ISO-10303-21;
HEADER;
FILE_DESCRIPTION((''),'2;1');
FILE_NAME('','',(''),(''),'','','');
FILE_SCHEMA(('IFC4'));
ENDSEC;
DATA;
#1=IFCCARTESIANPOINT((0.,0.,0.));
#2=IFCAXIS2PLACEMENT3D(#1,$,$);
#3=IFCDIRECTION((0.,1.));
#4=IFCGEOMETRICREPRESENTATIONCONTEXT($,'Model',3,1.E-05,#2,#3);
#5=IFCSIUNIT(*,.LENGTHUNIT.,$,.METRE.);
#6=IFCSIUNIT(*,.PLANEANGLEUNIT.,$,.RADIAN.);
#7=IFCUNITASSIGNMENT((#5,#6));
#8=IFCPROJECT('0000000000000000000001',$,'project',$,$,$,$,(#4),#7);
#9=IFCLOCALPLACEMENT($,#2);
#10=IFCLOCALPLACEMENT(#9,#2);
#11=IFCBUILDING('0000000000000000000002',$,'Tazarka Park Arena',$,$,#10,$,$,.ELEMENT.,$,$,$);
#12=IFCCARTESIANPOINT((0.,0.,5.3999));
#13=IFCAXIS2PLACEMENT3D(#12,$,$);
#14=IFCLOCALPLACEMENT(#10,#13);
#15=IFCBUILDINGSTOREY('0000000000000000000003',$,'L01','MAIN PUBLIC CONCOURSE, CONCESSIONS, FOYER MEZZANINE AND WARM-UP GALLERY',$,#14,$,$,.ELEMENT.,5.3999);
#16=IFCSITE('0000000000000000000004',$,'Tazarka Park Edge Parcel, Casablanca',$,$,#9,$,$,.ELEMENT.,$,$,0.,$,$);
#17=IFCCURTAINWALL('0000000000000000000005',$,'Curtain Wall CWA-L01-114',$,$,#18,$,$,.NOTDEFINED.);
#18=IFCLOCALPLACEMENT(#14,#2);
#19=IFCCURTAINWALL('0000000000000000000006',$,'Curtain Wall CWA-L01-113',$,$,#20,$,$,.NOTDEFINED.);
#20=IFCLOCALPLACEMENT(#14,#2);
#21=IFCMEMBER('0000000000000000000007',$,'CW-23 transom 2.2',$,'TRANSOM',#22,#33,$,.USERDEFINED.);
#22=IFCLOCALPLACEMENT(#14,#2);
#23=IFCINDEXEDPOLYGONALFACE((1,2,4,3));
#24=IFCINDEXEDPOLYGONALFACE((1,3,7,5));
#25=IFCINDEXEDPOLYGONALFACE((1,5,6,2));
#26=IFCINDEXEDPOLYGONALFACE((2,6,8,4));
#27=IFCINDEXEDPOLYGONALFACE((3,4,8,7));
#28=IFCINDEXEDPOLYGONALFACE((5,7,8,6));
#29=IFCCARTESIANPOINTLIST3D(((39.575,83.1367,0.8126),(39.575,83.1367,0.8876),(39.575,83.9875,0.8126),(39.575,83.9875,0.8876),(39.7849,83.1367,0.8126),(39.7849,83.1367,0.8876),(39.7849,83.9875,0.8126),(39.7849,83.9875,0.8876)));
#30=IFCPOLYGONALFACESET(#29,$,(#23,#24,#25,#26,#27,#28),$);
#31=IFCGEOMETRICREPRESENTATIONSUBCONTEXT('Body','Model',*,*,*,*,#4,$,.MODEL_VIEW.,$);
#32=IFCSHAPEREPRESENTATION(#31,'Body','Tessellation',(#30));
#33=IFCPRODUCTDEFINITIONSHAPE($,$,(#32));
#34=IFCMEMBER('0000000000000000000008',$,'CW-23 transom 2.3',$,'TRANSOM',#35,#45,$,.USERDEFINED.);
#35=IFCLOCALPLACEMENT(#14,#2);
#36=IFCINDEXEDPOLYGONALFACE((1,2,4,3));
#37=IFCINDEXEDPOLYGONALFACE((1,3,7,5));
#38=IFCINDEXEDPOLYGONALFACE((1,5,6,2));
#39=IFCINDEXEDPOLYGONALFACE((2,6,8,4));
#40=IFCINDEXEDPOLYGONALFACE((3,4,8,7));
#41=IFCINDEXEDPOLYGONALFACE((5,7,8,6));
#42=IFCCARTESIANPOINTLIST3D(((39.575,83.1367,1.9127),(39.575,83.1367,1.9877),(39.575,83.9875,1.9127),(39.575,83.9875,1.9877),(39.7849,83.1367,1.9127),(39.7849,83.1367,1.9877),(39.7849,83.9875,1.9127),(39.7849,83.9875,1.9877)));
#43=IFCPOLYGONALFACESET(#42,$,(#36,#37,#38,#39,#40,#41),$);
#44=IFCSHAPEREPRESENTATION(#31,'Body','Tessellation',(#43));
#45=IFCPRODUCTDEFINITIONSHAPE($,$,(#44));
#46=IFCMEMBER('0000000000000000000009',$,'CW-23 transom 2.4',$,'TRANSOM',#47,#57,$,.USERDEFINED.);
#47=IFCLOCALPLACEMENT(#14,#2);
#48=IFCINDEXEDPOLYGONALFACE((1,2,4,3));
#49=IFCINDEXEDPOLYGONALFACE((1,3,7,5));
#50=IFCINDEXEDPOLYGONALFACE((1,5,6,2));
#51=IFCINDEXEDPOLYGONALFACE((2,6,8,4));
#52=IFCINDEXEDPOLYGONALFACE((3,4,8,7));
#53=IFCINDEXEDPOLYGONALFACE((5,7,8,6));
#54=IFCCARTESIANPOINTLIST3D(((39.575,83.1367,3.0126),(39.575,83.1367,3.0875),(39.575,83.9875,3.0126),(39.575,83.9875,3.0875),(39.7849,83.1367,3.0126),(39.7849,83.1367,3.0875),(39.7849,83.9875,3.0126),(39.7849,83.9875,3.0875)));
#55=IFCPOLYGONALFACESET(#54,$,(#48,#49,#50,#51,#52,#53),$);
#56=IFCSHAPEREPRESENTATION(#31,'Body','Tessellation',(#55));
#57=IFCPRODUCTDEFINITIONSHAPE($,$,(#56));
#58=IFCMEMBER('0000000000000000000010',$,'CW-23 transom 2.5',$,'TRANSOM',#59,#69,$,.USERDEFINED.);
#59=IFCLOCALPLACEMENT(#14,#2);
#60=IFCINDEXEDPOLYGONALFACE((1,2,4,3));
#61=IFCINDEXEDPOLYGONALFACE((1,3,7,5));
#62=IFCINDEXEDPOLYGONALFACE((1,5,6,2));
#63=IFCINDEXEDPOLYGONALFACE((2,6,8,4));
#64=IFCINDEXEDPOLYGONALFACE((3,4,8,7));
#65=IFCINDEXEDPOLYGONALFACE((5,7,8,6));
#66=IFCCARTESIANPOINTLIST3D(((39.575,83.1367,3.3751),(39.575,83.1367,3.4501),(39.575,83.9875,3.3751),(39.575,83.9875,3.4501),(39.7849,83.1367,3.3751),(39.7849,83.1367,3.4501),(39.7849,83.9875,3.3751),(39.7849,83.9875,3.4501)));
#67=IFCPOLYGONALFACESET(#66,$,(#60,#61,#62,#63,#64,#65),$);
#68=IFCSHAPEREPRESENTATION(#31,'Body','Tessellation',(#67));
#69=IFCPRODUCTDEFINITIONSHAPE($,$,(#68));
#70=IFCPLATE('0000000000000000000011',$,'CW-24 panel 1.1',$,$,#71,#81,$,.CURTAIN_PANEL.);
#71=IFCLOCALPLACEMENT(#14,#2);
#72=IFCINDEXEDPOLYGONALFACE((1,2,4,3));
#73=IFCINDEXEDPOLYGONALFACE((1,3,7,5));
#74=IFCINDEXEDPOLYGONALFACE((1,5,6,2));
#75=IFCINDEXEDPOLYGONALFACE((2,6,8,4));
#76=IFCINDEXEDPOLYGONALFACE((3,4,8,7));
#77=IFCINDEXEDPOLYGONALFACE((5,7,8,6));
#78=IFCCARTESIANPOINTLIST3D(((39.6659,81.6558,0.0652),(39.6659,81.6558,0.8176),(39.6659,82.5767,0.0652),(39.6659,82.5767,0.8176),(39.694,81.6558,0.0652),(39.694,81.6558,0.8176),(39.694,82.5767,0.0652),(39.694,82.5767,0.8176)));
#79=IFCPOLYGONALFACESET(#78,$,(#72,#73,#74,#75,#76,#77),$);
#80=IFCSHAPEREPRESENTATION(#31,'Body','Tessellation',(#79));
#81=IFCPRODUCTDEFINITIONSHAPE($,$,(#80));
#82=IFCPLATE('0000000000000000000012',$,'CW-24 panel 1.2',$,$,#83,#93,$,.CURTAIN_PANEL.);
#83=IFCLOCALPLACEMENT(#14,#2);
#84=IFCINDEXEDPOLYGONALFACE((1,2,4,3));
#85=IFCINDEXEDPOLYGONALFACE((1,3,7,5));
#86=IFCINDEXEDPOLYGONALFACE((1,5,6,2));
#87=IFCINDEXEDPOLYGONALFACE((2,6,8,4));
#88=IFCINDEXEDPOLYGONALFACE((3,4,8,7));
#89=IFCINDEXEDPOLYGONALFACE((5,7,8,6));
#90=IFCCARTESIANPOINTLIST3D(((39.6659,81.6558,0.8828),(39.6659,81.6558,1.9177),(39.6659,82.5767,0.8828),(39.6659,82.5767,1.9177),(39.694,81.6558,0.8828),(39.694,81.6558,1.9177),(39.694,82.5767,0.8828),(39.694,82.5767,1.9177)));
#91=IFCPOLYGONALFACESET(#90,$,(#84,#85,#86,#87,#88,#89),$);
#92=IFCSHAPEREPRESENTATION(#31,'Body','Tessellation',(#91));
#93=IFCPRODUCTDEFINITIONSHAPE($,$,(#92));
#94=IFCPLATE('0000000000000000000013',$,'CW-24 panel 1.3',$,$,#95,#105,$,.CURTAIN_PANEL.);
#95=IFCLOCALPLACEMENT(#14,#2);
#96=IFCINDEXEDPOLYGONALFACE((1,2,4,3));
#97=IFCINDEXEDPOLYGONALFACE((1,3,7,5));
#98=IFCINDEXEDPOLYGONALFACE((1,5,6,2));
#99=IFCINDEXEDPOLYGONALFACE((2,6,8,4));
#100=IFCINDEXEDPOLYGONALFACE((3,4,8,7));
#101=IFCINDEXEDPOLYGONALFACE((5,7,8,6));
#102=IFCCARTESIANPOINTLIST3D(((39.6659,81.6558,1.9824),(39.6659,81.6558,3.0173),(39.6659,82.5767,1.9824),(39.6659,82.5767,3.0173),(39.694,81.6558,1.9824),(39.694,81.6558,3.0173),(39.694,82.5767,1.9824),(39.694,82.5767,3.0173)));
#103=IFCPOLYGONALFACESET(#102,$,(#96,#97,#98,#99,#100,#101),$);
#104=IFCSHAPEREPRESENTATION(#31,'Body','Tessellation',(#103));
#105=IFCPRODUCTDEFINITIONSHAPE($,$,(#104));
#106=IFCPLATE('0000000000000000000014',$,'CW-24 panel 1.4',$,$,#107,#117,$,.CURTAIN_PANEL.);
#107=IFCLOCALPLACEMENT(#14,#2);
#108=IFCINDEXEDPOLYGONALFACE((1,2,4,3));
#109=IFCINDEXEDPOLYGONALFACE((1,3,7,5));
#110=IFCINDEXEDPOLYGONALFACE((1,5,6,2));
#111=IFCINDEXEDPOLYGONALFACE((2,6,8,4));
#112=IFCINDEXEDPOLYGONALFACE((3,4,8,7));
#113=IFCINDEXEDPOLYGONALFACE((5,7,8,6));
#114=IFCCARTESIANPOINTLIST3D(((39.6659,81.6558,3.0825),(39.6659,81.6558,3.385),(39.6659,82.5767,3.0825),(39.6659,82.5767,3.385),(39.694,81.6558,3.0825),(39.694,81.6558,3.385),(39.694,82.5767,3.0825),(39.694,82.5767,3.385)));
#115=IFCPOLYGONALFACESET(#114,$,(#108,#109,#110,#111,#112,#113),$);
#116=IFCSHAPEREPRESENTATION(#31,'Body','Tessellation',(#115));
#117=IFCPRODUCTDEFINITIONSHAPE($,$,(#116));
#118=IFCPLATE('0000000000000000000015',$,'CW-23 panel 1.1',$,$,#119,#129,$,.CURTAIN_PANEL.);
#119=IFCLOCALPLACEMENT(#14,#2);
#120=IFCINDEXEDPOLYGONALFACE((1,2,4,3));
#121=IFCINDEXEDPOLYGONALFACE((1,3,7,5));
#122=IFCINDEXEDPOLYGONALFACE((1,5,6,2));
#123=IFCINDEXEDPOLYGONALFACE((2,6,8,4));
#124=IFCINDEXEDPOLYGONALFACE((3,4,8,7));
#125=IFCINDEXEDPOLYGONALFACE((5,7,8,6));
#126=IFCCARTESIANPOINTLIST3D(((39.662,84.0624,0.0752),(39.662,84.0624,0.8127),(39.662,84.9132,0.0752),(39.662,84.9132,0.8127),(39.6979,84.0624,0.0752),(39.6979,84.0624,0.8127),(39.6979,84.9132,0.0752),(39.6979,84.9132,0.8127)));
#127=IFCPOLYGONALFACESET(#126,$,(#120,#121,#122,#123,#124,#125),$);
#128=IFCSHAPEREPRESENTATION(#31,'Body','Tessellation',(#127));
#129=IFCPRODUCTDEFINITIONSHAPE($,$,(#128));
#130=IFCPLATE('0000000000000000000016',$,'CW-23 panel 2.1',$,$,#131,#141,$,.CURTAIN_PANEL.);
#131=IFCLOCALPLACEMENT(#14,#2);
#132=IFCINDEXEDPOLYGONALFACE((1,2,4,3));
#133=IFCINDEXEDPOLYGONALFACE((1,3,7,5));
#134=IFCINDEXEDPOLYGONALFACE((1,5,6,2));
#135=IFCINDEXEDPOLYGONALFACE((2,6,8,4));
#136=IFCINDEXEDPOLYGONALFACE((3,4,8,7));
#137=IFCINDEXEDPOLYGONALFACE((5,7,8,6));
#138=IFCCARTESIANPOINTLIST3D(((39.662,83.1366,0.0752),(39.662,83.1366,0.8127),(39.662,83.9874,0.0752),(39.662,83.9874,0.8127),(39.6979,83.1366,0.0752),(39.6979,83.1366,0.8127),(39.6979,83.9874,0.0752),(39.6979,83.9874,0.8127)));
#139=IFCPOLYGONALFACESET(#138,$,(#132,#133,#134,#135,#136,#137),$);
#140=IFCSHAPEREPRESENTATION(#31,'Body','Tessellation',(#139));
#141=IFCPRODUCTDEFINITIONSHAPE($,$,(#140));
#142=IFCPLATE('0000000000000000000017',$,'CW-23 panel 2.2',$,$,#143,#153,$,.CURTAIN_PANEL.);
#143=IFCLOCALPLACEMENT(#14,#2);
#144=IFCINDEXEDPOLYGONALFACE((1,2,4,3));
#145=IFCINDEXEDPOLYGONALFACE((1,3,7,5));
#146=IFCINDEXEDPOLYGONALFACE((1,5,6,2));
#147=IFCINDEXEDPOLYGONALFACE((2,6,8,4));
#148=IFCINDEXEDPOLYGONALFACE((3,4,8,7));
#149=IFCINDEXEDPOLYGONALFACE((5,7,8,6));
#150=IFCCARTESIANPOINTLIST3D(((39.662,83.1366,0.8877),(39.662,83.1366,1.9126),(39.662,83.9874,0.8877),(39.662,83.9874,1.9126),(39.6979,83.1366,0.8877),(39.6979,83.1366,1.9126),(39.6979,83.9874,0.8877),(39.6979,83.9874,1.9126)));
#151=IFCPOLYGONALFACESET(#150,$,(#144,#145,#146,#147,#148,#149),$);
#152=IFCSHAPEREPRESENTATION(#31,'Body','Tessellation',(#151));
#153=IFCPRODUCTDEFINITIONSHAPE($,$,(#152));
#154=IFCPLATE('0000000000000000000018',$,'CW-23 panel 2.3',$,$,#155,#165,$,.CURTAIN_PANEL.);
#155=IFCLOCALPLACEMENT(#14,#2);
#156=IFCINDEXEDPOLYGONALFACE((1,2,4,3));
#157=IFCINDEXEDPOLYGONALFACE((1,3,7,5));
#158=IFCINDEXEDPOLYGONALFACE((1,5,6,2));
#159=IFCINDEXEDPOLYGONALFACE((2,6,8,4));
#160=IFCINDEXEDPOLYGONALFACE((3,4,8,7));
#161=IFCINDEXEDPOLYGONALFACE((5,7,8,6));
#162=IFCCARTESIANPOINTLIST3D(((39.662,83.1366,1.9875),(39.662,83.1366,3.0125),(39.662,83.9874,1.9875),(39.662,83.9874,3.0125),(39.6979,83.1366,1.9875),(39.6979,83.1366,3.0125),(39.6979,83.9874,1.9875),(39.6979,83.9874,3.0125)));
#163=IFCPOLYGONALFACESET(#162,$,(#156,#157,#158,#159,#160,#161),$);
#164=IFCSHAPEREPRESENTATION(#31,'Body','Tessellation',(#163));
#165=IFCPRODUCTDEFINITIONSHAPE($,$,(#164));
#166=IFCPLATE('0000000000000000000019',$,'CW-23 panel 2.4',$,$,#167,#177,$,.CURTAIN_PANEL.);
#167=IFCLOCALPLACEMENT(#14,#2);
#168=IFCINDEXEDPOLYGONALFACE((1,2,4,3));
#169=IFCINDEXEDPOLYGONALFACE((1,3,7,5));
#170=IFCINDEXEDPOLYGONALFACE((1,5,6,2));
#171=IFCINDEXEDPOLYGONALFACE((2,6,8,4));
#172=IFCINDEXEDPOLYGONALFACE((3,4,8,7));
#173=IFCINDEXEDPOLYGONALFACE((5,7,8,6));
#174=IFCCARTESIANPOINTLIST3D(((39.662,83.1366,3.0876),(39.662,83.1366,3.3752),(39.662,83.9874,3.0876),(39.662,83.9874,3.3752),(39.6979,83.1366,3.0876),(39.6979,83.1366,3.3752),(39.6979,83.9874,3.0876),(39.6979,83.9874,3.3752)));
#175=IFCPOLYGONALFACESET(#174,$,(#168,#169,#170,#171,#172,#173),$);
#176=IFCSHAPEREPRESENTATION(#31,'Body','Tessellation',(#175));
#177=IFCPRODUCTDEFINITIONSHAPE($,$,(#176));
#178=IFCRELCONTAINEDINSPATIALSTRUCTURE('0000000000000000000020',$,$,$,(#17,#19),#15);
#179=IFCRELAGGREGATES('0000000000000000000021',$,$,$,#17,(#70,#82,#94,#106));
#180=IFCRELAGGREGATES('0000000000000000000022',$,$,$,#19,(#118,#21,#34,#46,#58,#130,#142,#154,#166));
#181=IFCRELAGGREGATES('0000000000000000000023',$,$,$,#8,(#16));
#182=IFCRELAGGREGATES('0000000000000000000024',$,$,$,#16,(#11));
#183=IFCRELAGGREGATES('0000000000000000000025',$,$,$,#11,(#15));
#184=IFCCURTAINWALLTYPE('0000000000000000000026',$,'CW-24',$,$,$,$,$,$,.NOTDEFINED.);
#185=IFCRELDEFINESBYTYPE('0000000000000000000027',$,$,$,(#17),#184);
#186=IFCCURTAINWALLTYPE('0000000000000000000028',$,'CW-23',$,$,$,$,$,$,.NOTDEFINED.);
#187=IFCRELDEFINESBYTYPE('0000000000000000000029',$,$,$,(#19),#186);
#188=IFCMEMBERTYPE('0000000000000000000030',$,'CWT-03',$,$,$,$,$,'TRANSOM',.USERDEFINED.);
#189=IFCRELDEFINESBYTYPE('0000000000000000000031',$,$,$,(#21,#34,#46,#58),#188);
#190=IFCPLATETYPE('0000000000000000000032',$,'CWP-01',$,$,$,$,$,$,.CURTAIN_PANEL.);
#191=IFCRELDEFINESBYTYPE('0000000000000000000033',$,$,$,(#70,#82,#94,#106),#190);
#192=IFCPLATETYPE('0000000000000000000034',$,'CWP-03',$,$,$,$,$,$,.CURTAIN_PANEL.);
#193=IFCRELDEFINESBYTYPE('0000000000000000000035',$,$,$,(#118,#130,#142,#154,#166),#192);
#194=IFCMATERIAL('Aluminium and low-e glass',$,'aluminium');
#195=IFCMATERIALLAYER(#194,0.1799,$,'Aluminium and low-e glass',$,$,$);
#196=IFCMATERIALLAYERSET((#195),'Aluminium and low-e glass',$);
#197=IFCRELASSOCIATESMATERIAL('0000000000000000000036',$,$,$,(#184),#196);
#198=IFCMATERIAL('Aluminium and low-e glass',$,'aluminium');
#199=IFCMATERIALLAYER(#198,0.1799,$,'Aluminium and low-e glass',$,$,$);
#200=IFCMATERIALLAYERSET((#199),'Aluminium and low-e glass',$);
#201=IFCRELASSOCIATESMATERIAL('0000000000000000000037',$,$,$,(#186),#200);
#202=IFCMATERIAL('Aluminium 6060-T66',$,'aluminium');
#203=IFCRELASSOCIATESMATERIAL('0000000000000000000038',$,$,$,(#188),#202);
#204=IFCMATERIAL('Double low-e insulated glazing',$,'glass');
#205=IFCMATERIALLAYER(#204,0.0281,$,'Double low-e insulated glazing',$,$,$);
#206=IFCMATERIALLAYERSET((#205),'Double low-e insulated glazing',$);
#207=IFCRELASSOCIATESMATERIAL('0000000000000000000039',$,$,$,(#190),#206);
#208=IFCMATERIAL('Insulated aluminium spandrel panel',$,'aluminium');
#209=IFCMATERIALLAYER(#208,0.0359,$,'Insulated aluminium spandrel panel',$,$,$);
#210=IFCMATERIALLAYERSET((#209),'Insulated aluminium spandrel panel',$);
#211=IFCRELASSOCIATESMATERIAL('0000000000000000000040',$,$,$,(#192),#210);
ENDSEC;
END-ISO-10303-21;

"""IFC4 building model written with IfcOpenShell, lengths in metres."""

from ifc_helpers import new_model, si_unit, direction, frame, origin, origin_2d, place, context, subcontext, project, spatial, rectangle, extrude, material, layer, layer_set, material_profile, profile_set, type_object, element, aggregate, save


model = new_model("IFC4")

# Units and contexts
model_context = context("Model", 3, precision=1e-05, world=origin(), true_north=direction((0.0, 1.0)))
body_context = subcontext(model_context, "Body", "Model", "MODEL_VIEW")
ifc_project = project(units=[si_unit("LENGTHUNIT", "METRE"), si_unit("PLANEANGLEUNIT", "RADIAN")], contexts=[model_context])

# Site, building, storey
site_placement = place(None, origin())
site = spatial("IfcSite", under=ifc_project, at=site_placement, Name="Tazarka Park Edge Parcel, Casablanca", CompositionType="ELEMENT", RefElevation=0.0)
building_placement = place(site_placement, origin())
building = spatial("IfcBuilding", under=site, at=building_placement, Name="Tazarka Park Arena", CompositionType="ELEMENT")
storey_placement = place(building_placement, frame((0.0, 0.0, 5.3999)))
storey = spatial("IfcBuildingStorey", under=building, at=storey_placement, Name="L01", Description="MAIN PUBLIC CONCOURSE, CONCESSIONS, FOYER MEZZANINE AND WARM-UP GALLERY", CompositionType="ELEMENT", Elevation=5.3999)

# Curtain walls
ifc_material_1 = material(Name="Aluminium and low-e glass", Category="aluminium")
ifc_layer_1 = layer(ifc_material_1, 0.1799, Name="Aluminium and low-e glass")
ifc_layer_set_1 = layer_set([ifc_layer_1], Name="Aluminium and low-e glass")
curtain_wall_type_1 = type_object("IfcCurtainWallType", Name="CW-24", PredefinedType="NOTDEFINED", material=ifc_layer_set_1)
curtain_wall_1_placement = place(storey_placement, origin())
curtain_wall_1 = element("IfcCurtainWall", 1, at=curtain_wall_1_placement, inside=storey, type_object=curtain_wall_type_1, Name="Curtain Wall CWA-L01-114", PredefinedType="NOTDEFINED")
ifc_material_2 = material(Name="Aluminium and low-e glass", Category="aluminium")
ifc_layer_2 = layer(ifc_material_2, 0.1799, Name="Aluminium and low-e glass")
ifc_layer_set_2 = layer_set([ifc_layer_2], Name="Aluminium and low-e glass")
curtain_wall_type_2 = type_object("IfcCurtainWallType", Name="CW-23", PredefinedType="NOTDEFINED", material=ifc_layer_set_2)
curtain_wall_2_placement = place(storey_placement, origin())
curtain_wall_2 = element("IfcCurtainWall", 2, at=curtain_wall_2_placement, inside=storey, type_object=curtain_wall_type_2, Name="Curtain Wall CWA-L01-113", PredefinedType="NOTDEFINED")

# Members
ifc_material_3 = material(Name="Aluminium 6060-T66", Category="aluminium")
ifc_material_profile_1 = material_profile(ifc_material_3, rectangle(XDim=0.21, YDim=0.075, at=origin_2d()), Name="Aluminium 6060-T66")
ifc_profile_set_1 = profile_set([ifc_material_profile_1], Name="Aluminium 6060-T66")
member_type_1 = type_object("IfcMemberType", Name="CWT-03", ElementType="TRANSOM", PredefinedType="USERDEFINED", material=ifc_profile_set_1)
member_1_placement = place(storey_placement, frame((39.6799, 83.9875, 0.8501), z_axis=(0.0, -1.0, 0.0), x_axis=(1.0, 0.0, 0.0)))
member_1 = element("IfcMember", 3, at=member_1_placement, type_object=member_type_1, Name="CW-23 transom 2.2", ObjectType="TRANSOM", PredefinedType="USERDEFINED", context=body_context, shape_type="SweptSolid", body=[
    extrude(rectangle(XDim=0.21, YDim=0.075, at=origin_2d()), origin(), (0.0, 0.0, 1.0), 0.8508),
])
member_2_placement = place(storey_placement, frame((39.6799, 83.9875, 1.9502), z_axis=(0.0, -1.0, 0.0), x_axis=(1.0, 0.0, 0.0)))
member_2 = element("IfcMember", 4, at=member_2_placement, type_object=member_type_1, Name="CW-23 transom 2.3", ObjectType="TRANSOM", PredefinedType="USERDEFINED", context=body_context, shape_type="SweptSolid", body=[
    extrude(rectangle(XDim=0.21, YDim=0.075, at=origin_2d()), origin(), (0.0, 0.0, 1.0), 0.8508),
])
member_3_placement = place(storey_placement, frame((39.6799, 83.9875, 3.05), z_axis=(0.0, -1.0, 0.0), x_axis=(1.0, 0.0, 0.0)))
member_3 = element("IfcMember", 5, at=member_3_placement, type_object=member_type_1, Name="CW-23 transom 2.4", ObjectType="TRANSOM", PredefinedType="USERDEFINED", context=body_context, shape_type="SweptSolid", body=[
    extrude(rectangle(XDim=0.21, YDim=0.075, at=origin_2d()), origin(), (0.0, 0.0, 1.0), 0.8508),
])
member_4_placement = place(storey_placement, frame((39.6799, 83.9875, 3.4126), z_axis=(0.0, -1.0, 0.0), x_axis=(1.0, 0.0, 0.0)))
member_4 = element("IfcMember", 6, at=member_4_placement, type_object=member_type_1, Name="CW-23 transom 2.5", ObjectType="TRANSOM", PredefinedType="USERDEFINED", context=body_context, shape_type="SweptSolid", body=[
    extrude(rectangle(XDim=0.21, YDim=0.075, at=origin_2d()), origin(), (0.0, 0.0, 1.0), 0.8508),
])

# Plates
ifc_material_4 = material(Name="Double low-e insulated glazing", Category="glass")
ifc_layer_3 = layer(ifc_material_4, 0.0281, Name="Double low-e insulated glazing")
ifc_layer_set_3 = layer_set([ifc_layer_3], Name="Double low-e insulated glazing")
plate_type_1 = type_object("IfcPlateType", Name="CWP-01", PredefinedType="CURTAIN_PANEL", material=ifc_layer_set_3)
plate_1_placement = place(storey_placement, frame((39.6799, 82.1162, 0.0652), z_axis=(0.0, 0.0, 1.0), x_axis=(0.0, -1.0, 0.0)))
plate_1 = element("IfcPlate", 7, at=plate_1_placement, type_object=plate_type_1, Name="CW-24 panel 1.1", PredefinedType="CURTAIN_PANEL", context=body_context, shape_type="SweptSolid", body=[
    extrude(rectangle(XDim=0.9209, YDim=0.0281, at=origin_2d()), origin(), (0.0, 0.0, 1.0), 0.7524),
])
plate_2_placement = place(storey_placement, frame((39.6799, 82.1162, 0.8828), z_axis=(0.0, 0.0, 1.0), x_axis=(0.0, -1.0, 0.0)))
plate_2 = element("IfcPlate", 8, at=plate_2_placement, type_object=plate_type_1, Name="CW-24 panel 1.2", PredefinedType="CURTAIN_PANEL", context=body_context, shape_type="SweptSolid", body=[
    extrude(rectangle(XDim=0.9209, YDim=0.0281, at=origin_2d()), origin(), (0.0, 0.0, 1.0), 1.0349),
])
plate_3_placement = place(storey_placement, frame((39.6799, 82.1162, 1.9824), z_axis=(0.0, 0.0, 1.0), x_axis=(0.0, -1.0, 0.0)))
plate_3 = element("IfcPlate", 9, at=plate_3_placement, type_object=plate_type_1, Name="CW-24 panel 1.3", PredefinedType="CURTAIN_PANEL", context=body_context, shape_type="SweptSolid", body=[
    extrude(rectangle(XDim=0.9209, YDim=0.0281, at=origin_2d()), origin(), (0.0, 0.0, 1.0), 1.0349),
])
plate_4_placement = place(storey_placement, frame((39.6799, 82.1162, 3.0825), z_axis=(0.0, 0.0, 1.0), x_axis=(0.0, -1.0, 0.0)))
plate_4 = element("IfcPlate", 10, at=plate_4_placement, type_object=plate_type_1, Name="CW-24 panel 1.4", PredefinedType="CURTAIN_PANEL", context=body_context, shape_type="SweptSolid", body=[
    extrude(rectangle(XDim=0.9209, YDim=0.0281, at=origin_2d()), origin(), (0.0, 0.0, 1.0), 0.3025),
])
aggregate(curtain_wall_1, [plate_1, plate_2, plate_3, plate_4])
ifc_material_5 = material(Name="Insulated aluminium spandrel panel", Category="aluminium")
ifc_layer_4 = layer(ifc_material_5, 0.0359, Name="Insulated aluminium spandrel panel")
ifc_layer_set_4 = layer_set([ifc_layer_4], Name="Insulated aluminium spandrel panel")
plate_type_2 = type_object("IfcPlateType", Name="CWP-03", PredefinedType="CURTAIN_PANEL", material=ifc_layer_set_4)
plate_5_placement = place(storey_placement, frame((39.6799, 84.4878, 0.0752), z_axis=(0.0, 0.0, 1.0), x_axis=(0.0, -1.0, 0.0)))
plate_5 = element("IfcPlate", 11, at=plate_5_placement, type_object=plate_type_2, Name="CW-23 panel 1.1", PredefinedType="CURTAIN_PANEL", context=body_context, shape_type="SweptSolid", body=[
    extrude(rectangle(XDim=0.8508, YDim=0.0359, at=origin_2d()), origin(), (0.0, 0.0, 1.0), 0.7375),
])
plate_6_placement = place(storey_placement, frame((39.6799, 83.562, 0.0752), z_axis=(0.0, 0.0, 1.0), x_axis=(0.0, -1.0, 0.0)))
plate_6 = element("IfcPlate", 12, at=plate_6_placement, type_object=plate_type_2, Name="CW-23 panel 2.1", PredefinedType="CURTAIN_PANEL", context=body_context, shape_type="SweptSolid", body=[
    extrude(rectangle(XDim=0.8508, YDim=0.0359, at=origin_2d()), origin(), (0.0, 0.0, 1.0), 0.7375),
])
plate_7_placement = place(storey_placement, frame((39.6799, 83.562, 0.8877), z_axis=(0.0, 0.0, 1.0), x_axis=(0.0, -1.0, 0.0)))
plate_7 = element("IfcPlate", 13, at=plate_7_placement, type_object=plate_type_2, Name="CW-23 panel 2.2", PredefinedType="CURTAIN_PANEL", context=body_context, shape_type="SweptSolid", body=[
    extrude(rectangle(XDim=0.8508, YDim=0.0359, at=origin_2d()), origin(), (0.0, 0.0, 1.0), 1.0249),
])
plate_8_placement = place(storey_placement, frame((39.6799, 83.562, 1.9875), z_axis=(0.0, 0.0, 1.0), x_axis=(0.0, -1.0, 0.0)))
plate_8 = element("IfcPlate", 14, at=plate_8_placement, type_object=plate_type_2, Name="CW-23 panel 2.3", PredefinedType="CURTAIN_PANEL", context=body_context, shape_type="SweptSolid", body=[
    extrude(rectangle(XDim=0.8508, YDim=0.0359, at=origin_2d()), origin(), (0.0, 0.0, 1.0), 1.0249),
])
plate_9_placement = place(storey_placement, frame((39.6799, 83.562, 3.0876), z_axis=(0.0, 0.0, 1.0), x_axis=(0.0, -1.0, 0.0)))
plate_9 = element("IfcPlate", 15, at=plate_9_placement, type_object=plate_type_2, Name="CW-23 panel 2.4", PredefinedType="CURTAIN_PANEL", context=body_context, shape_type="SweptSolid", body=[
    extrude(rectangle(XDim=0.8508, YDim=0.0359, at=origin_2d()), origin(), (0.0, 0.0, 1.0), 0.2876),
])
aggregate(curtain_wall_2, [plate_5, member_1, member_2, member_3, member_4, plate_6, plate_7, plate_8, plate_9])

save(model, "model.ifc")
